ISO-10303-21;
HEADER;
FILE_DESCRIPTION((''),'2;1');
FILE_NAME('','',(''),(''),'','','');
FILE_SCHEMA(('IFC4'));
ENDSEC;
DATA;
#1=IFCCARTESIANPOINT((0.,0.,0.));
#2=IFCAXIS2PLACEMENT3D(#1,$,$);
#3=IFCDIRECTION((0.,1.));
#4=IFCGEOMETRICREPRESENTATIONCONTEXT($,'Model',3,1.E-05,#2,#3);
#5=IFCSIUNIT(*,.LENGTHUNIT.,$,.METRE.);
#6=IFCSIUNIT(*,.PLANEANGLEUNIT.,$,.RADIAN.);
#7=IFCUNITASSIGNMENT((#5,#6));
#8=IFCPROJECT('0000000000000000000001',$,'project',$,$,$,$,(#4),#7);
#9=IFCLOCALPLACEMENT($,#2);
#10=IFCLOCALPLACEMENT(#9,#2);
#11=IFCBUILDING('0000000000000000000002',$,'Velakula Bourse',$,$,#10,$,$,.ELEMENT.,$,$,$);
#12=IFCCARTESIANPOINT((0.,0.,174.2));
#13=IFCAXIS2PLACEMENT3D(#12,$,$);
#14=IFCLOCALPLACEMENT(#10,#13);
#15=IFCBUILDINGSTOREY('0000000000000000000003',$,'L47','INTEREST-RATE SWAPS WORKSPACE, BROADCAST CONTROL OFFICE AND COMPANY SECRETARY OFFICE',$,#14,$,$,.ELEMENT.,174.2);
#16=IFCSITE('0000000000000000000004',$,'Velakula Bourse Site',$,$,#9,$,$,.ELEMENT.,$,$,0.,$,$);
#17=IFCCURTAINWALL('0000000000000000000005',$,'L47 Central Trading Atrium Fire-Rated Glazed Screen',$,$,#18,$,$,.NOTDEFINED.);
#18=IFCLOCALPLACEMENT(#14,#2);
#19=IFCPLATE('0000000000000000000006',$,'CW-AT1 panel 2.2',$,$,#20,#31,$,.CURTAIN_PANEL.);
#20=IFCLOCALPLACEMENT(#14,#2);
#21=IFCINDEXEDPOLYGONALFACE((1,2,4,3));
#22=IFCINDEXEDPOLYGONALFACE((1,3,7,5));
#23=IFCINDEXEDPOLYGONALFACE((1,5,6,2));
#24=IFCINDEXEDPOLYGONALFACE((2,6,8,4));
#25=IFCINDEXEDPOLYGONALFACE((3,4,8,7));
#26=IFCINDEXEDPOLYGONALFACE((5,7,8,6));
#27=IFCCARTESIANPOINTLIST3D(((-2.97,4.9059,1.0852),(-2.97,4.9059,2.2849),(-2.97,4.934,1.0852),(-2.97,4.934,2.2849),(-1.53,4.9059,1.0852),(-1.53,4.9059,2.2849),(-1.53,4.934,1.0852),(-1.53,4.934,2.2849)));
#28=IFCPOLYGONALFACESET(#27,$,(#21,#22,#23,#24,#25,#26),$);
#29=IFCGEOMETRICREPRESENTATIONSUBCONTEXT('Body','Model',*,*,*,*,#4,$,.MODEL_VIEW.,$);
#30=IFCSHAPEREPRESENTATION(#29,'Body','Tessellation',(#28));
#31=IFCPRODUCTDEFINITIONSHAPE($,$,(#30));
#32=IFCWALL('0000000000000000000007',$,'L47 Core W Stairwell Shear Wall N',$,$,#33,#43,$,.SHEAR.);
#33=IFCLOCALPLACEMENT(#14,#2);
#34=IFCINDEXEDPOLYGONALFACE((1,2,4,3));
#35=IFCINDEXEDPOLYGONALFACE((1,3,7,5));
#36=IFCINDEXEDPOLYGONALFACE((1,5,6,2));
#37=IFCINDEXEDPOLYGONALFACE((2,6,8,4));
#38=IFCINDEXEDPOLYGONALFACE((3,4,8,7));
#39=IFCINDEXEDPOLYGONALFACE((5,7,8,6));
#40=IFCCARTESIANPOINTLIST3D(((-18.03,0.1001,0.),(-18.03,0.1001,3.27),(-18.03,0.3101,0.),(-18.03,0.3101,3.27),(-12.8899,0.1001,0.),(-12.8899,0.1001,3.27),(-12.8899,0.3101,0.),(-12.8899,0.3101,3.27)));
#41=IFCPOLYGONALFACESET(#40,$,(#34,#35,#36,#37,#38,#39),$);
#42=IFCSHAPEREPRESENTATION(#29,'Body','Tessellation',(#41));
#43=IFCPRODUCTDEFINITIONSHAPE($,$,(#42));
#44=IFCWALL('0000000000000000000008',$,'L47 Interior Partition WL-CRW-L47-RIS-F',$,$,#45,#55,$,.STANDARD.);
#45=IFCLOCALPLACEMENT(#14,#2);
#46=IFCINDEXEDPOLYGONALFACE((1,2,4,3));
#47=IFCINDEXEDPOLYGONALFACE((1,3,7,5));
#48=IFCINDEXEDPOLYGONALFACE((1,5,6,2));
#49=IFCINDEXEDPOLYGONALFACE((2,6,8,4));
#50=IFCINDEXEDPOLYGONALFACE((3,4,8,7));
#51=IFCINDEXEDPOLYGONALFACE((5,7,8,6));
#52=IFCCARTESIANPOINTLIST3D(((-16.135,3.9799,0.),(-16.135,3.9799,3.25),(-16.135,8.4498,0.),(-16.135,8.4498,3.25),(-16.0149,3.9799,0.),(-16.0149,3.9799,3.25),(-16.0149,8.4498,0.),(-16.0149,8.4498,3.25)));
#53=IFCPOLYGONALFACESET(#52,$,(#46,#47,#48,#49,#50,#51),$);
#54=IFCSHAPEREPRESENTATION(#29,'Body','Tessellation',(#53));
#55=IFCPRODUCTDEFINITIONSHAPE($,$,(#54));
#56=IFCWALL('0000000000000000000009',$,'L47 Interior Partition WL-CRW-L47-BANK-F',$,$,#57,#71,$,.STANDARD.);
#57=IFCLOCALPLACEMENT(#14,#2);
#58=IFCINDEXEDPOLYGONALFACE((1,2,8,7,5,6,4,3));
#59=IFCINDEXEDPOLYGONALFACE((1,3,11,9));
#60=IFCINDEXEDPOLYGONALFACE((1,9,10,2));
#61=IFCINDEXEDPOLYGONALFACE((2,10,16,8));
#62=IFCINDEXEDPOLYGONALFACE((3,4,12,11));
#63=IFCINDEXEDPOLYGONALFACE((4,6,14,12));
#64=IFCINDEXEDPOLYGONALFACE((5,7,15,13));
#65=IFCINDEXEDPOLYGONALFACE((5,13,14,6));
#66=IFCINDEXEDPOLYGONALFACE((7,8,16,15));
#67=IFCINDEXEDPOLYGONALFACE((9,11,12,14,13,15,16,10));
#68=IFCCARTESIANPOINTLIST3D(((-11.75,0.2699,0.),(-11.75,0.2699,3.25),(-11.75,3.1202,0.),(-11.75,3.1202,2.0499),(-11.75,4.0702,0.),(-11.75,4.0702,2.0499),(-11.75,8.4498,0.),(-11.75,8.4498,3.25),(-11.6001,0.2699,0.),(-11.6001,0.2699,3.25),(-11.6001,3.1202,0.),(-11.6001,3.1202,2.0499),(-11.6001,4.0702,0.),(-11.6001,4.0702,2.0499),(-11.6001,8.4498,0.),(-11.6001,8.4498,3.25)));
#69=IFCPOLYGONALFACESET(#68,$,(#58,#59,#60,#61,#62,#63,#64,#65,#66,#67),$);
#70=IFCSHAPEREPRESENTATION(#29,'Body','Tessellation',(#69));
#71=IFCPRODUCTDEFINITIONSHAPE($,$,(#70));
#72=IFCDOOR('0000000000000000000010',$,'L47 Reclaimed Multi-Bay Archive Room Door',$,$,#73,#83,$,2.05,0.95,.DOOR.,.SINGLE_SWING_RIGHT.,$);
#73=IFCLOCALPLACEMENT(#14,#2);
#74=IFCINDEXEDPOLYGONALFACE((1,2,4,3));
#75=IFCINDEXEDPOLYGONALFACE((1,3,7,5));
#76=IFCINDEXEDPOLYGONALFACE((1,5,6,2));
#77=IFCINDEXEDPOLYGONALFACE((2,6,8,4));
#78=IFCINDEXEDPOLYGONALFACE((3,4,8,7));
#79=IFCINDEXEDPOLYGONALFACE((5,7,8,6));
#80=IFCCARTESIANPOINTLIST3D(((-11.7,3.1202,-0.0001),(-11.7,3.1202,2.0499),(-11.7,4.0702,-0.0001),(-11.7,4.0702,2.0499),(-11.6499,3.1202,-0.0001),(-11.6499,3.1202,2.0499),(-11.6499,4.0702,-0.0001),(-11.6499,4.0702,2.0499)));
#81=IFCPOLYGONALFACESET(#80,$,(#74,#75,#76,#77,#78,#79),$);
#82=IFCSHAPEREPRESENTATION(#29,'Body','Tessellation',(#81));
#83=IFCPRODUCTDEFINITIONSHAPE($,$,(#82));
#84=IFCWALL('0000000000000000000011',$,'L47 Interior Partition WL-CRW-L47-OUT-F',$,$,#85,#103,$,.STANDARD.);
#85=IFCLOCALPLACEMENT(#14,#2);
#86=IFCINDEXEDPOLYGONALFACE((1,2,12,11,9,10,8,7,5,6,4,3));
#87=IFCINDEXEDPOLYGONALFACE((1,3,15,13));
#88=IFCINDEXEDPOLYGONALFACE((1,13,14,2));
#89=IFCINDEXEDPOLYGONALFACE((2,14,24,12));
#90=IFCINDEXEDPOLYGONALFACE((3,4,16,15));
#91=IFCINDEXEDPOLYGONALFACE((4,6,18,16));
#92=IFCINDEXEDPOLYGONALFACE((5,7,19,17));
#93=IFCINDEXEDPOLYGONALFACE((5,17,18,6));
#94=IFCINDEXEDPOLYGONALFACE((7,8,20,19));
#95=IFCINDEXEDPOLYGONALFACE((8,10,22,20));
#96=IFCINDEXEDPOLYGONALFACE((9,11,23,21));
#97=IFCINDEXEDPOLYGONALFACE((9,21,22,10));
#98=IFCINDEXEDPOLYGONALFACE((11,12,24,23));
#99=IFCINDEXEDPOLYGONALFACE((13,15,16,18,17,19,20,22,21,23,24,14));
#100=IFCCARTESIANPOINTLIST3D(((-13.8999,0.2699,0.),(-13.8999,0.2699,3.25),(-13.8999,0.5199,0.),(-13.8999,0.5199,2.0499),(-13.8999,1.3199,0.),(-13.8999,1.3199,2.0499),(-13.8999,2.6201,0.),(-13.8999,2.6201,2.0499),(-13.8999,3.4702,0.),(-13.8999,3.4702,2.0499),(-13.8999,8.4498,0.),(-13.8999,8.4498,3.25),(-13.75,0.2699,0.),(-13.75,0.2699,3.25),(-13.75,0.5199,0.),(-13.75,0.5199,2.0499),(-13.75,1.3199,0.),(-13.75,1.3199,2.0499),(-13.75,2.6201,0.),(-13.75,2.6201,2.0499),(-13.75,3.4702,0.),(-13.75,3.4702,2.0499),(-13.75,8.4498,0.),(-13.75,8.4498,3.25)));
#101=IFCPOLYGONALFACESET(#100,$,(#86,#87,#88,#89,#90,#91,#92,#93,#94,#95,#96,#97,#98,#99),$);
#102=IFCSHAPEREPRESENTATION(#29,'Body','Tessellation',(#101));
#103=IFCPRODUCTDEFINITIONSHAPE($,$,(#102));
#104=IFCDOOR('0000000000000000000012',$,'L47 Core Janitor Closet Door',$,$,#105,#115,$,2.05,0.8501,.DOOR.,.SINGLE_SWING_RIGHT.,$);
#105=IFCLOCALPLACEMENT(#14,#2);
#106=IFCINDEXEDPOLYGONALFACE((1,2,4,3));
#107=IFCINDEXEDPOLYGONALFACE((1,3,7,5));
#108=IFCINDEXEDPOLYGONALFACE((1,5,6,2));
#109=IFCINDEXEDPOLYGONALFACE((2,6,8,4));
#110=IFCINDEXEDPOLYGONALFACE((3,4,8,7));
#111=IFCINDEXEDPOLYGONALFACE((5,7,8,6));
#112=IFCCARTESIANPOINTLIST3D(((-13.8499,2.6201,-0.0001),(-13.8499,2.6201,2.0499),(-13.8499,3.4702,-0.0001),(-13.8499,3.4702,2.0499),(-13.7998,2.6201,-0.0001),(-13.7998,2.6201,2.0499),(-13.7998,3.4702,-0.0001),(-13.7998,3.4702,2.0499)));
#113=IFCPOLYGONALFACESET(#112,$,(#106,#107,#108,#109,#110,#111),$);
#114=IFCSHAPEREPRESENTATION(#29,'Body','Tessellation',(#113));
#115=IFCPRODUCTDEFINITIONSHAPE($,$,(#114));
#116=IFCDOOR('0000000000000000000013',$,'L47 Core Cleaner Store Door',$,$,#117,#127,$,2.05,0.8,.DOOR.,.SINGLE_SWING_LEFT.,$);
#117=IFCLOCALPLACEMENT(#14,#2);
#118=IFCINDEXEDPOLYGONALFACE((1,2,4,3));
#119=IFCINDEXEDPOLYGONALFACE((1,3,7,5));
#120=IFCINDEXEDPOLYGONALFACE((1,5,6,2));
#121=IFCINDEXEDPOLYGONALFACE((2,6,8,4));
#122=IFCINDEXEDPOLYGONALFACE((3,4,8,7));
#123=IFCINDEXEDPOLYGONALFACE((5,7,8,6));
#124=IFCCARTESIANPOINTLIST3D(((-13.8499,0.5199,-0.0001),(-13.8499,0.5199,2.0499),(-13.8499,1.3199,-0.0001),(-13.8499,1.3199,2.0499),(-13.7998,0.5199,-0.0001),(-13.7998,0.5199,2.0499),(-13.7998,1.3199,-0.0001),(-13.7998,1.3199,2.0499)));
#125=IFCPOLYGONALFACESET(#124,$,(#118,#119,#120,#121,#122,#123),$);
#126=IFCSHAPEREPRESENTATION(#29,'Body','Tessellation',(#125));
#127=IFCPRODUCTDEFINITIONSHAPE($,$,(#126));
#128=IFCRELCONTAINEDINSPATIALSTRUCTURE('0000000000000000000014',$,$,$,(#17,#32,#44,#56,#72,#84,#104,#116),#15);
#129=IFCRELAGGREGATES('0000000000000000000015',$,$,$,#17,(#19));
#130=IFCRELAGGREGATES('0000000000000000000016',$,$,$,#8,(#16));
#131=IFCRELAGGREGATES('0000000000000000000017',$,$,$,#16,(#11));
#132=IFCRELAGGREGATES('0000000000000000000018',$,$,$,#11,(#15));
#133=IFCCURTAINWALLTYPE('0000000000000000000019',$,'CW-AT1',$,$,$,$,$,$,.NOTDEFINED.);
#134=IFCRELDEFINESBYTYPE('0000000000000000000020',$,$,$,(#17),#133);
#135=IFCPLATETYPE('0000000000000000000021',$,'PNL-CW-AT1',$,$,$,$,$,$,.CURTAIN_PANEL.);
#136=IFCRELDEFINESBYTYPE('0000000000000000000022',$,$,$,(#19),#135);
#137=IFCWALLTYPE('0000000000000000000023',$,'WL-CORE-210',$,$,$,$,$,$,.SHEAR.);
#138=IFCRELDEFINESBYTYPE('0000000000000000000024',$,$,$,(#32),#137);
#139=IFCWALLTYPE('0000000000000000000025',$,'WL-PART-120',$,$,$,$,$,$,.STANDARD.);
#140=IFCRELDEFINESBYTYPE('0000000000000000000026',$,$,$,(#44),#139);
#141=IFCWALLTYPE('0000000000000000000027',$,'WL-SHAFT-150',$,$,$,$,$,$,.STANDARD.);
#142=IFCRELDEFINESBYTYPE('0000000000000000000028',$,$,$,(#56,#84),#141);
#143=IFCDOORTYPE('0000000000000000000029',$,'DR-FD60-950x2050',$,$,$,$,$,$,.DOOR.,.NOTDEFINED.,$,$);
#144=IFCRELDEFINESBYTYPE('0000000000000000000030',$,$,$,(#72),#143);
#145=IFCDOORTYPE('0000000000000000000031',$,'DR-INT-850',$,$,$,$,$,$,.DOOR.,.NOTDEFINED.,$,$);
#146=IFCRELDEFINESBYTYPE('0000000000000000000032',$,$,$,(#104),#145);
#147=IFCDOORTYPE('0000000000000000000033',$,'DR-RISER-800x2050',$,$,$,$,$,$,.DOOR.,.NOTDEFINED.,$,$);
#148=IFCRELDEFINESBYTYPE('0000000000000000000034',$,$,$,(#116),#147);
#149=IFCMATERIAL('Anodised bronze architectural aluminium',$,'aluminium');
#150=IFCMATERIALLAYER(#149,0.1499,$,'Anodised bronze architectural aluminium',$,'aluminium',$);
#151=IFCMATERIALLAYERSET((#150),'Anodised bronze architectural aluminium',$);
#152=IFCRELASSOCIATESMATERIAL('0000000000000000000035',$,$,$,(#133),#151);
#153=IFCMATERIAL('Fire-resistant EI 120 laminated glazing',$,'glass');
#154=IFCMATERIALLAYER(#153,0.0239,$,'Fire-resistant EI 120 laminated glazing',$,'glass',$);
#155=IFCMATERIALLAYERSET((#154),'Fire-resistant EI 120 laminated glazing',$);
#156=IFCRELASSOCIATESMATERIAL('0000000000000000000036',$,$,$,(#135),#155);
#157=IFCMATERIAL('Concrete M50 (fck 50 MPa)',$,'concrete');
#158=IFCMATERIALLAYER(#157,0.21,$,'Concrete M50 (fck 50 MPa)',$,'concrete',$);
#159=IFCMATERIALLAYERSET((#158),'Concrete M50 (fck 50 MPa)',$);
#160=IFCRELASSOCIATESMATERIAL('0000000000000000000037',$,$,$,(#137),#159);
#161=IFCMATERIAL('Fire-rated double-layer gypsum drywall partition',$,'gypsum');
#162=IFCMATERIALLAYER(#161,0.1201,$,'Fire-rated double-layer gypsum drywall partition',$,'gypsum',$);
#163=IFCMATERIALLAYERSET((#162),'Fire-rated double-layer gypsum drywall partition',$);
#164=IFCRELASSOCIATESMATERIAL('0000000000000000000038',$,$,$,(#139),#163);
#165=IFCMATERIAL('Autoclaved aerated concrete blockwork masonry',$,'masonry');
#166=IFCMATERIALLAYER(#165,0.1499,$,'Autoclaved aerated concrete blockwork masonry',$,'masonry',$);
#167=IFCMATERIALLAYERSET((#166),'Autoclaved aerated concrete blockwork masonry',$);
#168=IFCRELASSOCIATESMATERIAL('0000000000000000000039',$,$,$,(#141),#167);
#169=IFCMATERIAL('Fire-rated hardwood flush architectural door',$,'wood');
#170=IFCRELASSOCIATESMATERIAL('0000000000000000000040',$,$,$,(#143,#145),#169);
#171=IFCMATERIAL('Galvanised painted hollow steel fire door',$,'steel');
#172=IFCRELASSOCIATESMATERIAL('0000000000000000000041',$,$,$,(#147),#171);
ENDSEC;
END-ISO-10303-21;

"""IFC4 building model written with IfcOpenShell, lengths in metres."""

from ifc_helpers import new_model, si_unit, direction, frame, frame_2d, origin, origin_2d, place, context, subcontext, project, spatial, rectangle, extrude, material, layer, layer_set, type_object, element, fill, aggregate, save


model = new_model("IFC4")

# Units and contexts
model_context = context("Model", 3, precision=1e-05, world=origin(), true_north=direction((0.0, 1.0)))
body_context = subcontext(model_context, "Body", "Model", "MODEL_VIEW")
ifc_project = project(units=[si_unit("LENGTHUNIT", "METRE"), si_unit("PLANEANGLEUNIT", "RADIAN")], contexts=[model_context])

# Site, building, storey
site_placement = place(None, origin())
site = spatial("IfcSite", under=ifc_project, at=site_placement, Name="Velakula Bourse Site", CompositionType="ELEMENT", RefElevation=0.0)
building_placement = place(site_placement, origin())
building = spatial("IfcBuilding", under=site, at=building_placement, Name="Velakula Bourse", CompositionType="ELEMENT")
storey_placement = place(building_placement, frame((0.0, 0.0, 174.2)))
storey = spatial("IfcBuildingStorey", under=building, at=storey_placement, Name="L47", Description="INTEREST-RATE SWAPS WORKSPACE, BROADCAST CONTROL OFFICE AND COMPANY SECRETARY OFFICE", CompositionType="ELEMENT", Elevation=174.2)

# Curtain wall, plate
ifc_material_1 = material(Name="Anodised bronze architectural aluminium", Category="aluminium")
ifc_layer_1 = layer(ifc_material_1, 0.1499, Name="Anodised bronze architectural aluminium", Category="aluminium")
ifc_layer_set_1 = layer_set([ifc_layer_1], Name="Anodised bronze architectural aluminium")
curtain_wall_type = type_object("IfcCurtainWallType", Name="CW-AT1", PredefinedType="NOTDEFINED", material=ifc_layer_set_1)
curtain_wall_placement = place(storey_placement, origin())
curtain_wall = element("IfcCurtainWall", 1, at=curtain_wall_placement, inside=storey, type_object=curtain_wall_type, Name="L47 Central Trading Atrium Fire-Rated Glazed Screen", PredefinedType="NOTDEFINED")
ifc_material_2 = material(Name="Fire-resistant EI 120 laminated glazing", Category="glass")
ifc_layer_2 = layer(ifc_material_2, 0.0239, Name="Fire-resistant EI 120 laminated glazing", Category="glass")
ifc_layer_set_2 = layer_set([ifc_layer_2], Name="Fire-resistant EI 120 laminated glazing")
plate_type = type_object("IfcPlateType", Name="PNL-CW-AT1", PredefinedType="CURTAIN_PANEL", material=ifc_layer_set_2)
plate_1_placement = place(storey_placement, frame((-2.25, 4.9199, 1.0852), z_axis=(0.0, 0.0, 1.0), x_axis=(1.0, 0.0, 0.0)))
plate_1 = element("IfcPlate", 2, at=plate_1_placement, type_object=plate_type, Name="CW-AT1 panel 2.2", PredefinedType="CURTAIN_PANEL", context=body_context, shape_type="SweptSolid", body=[
    extrude(rectangle(XDim=1.4399, YDim=0.0281, at=origin_2d()), origin(), (0.0, 0.0, 1.0), 1.1997),
])
aggregate(curtain_wall, [plate_1])

# Walls
ifc_material_3 = material(Name="Concrete M50 (fck 50 MPa)", Category="concrete")
ifc_layer_3 = layer(ifc_material_3, 0.21, Name="Concrete M50 (fck 50 MPa)", Category="concrete")
ifc_layer_set_3 = layer_set([ifc_layer_3], Name="Concrete M50 (fck 50 MPa)")
wall_type_1 = type_object("IfcWallType", Name="WL-CORE-210", PredefinedType="SHEAR", material=ifc_layer_set_3)
wall_1_placement = place(storey_placement, frame((-12.8899, 0.2051, 0.0), z_axis=(0.0, 0.0, 1.0), x_axis=(-1.0, 0.0, 0.0)))
element("IfcWall", 3, at=wall_1_placement, inside=storey, type_object=wall_type_1, Name="L47 Core W Stairwell Shear Wall N", PredefinedType="SHEAR", context=body_context, shape_type="SweptSolid", body=[
    extrude(rectangle(XDim=5.1401, YDim=0.21, at=frame_2d((2.5701, 0.0))), origin(), (0.0, 0.0, 1.0), 3.27),
])
ifc_material_4 = material(Name="Fire-rated double-layer gypsum drywall partition", Category="gypsum")
ifc_layer_4 = layer(ifc_material_4, 0.1201, Name="Fire-rated double-layer gypsum drywall partition", Category="gypsum")
ifc_layer_set_4 = layer_set([ifc_layer_4], Name="Fire-rated double-layer gypsum drywall partition")
wall_type_2 = type_object("IfcWallType", Name="WL-PART-120", PredefinedType="STANDARD", material=ifc_layer_set_4)
wall_2_placement = place(storey_placement, frame((-16.075, 3.98, 0.0), z_axis=(0.0, 0.0, 1.0), x_axis=(0.0, 1.0, 0.0)))
element("IfcWall", 4, at=wall_2_placement, inside=storey, type_object=wall_type_2, Name="L47 Interior Partition WL-CRW-L47-RIS-F", PredefinedType="STANDARD", context=body_context, shape_type="SweptSolid", body=[
    extrude(rectangle(XDim=4.47, YDim=0.1201, at=frame_2d((2.2349, 0.0))), origin(), (0.0, 0.0, 1.0), 3.25),
])

# Wall, opening, door
ifc_material_5 = material(Name="Autoclaved aerated concrete blockwork masonry", Category="masonry")
ifc_layer_5 = layer(ifc_material_5, 0.1499, Name="Autoclaved aerated concrete blockwork masonry", Category="masonry")
ifc_layer_set_5 = layer_set([ifc_layer_5], Name="Autoclaved aerated concrete blockwork masonry")
wall_type_3 = type_object("IfcWallType", Name="WL-SHAFT-150", PredefinedType="STANDARD", material=ifc_layer_set_5)
wall_3_placement = place(storey_placement, frame((-11.675, 0.27, 0.0), z_axis=(0.0, 0.0, 1.0), x_axis=(0.0, 1.0, 0.0)))
wall_3 = element("IfcWall", 5, at=wall_3_placement, inside=storey, type_object=wall_type_3, Name="L47 Interior Partition WL-CRW-L47-BANK-F", PredefinedType="STANDARD", context=body_context, shape_type="SweptSolid", body=[
    extrude(rectangle(XDim=8.1799, YDim=0.1499, at=frame_2d((4.0898, 0.0))), origin(), (0.0, 0.0, 1.0), 3.25),
])
opening_1_placement = place(wall_3_placement, frame((2.8501, 0.0, 0.0)))
opening_1 = element("IfcOpeningElement", 6, at=opening_1_placement, cuts=wall_3, PredefinedType="OPENING", context=body_context, shape_type="SweptSolid", body=[
    extrude(rectangle(XDim=0.95, YDim=2.05, at=frame_2d((0.4751, 1.0249))), frame((0.0, 0.085, 0.0), z_axis=(0.0, -1.0, 0.0), x_axis=(1.0, 0.0, 0.0)), (0.0, 0.0, 1.0), 0.1699),
])
ifc_material_6 = material(Name="Fire-rated hardwood flush architectural door", Category="wood")
door_type_1 = type_object("IfcDoorType", Name="DR-FD60-950x2050", OperationType="NOTDEFINED", PredefinedType="DOOR", material=ifc_material_6)
door_1_placement = place(opening_1_placement, origin())
door_1 = element("IfcDoor", 7, at=door_1_placement, inside=storey, type_object=door_type_1, Name="L47 Reclaimed Multi-Bay Archive Room Door", OperationType="SINGLE_SWING_RIGHT", OverallHeight=2.05, OverallWidth=0.95, PredefinedType="DOOR", context=body_context, shape_type="SweptSolid", body=[
    extrude(rectangle(XDim=0.95, YDim=2.05, at=frame_2d((0.4751, 1.0249))), frame((0.0, 0.0249, 0.0), z_axis=(0.0, -1.0, 0.0), x_axis=(1.0, 0.0, 0.0)), (0.0, 0.0, 1.0), 0.05),
])
fill(opening_1, door_1)

# Wall, openings, doors
wall_4_placement = place(storey_placement, frame((-13.825, 0.27, 0.0), z_axis=(0.0, 0.0, 1.0), x_axis=(0.0, 1.0, 0.0)))
wall_4 = element("IfcWall", 8, at=wall_4_placement, inside=storey, type_object=wall_type_3, Name="L47 Interior Partition WL-CRW-L47-OUT-F", PredefinedType="STANDARD", context=body_context, shape_type="SweptSolid", body=[
    extrude(rectangle(XDim=8.1799, YDim=0.1499, at=frame_2d((4.0898, 0.0))), origin(), (0.0, 0.0, 1.0), 3.25),
])
opening_2_placement = place(wall_4_placement, frame((0.25, 0.0, 0.0)))
opening_2 = element("IfcOpeningElement", 9, at=opening_2_placement, cuts=wall_4, PredefinedType="OPENING", context=body_context, shape_type="SweptSolid", body=[
    extrude(rectangle(XDim=0.8, YDim=2.05, at=frame_2d((0.3999, 1.0249))), frame((0.0, 0.085, 0.0), z_axis=(0.0, -1.0, 0.0), x_axis=(1.0, 0.0, 0.0)), (0.0, 0.0, 1.0), 0.1699),
])
opening_3_placement = place(wall_4_placement, frame((2.3501, 0.0, 0.0)))
opening_3 = element("IfcOpeningElement", 10, at=opening_3_placement, cuts=wall_4, PredefinedType="OPENING", context=body_context, shape_type="SweptSolid", body=[
    extrude(rectangle(XDim=0.8501, YDim=2.05, at=frame_2d((0.425, 1.0249))), frame((0.0, 0.085, 0.0), z_axis=(0.0, -1.0, 0.0), x_axis=(1.0, 0.0, 0.0)), (0.0, 0.0, 1.0), 0.1699),
])
door_type_2 = type_object("IfcDoorType", Name="DR-INT-850", OperationType="NOTDEFINED", PredefinedType="DOOR", material=ifc_material_6)
door_2_placement = place(opening_3_placement, origin())
door_2 = element("IfcDoor", 11, at=door_2_placement, inside=storey, type_object=door_type_2, Name="L47 Core Janitor Closet Door", OperationType="SINGLE_SWING_RIGHT", OverallHeight=2.05, OverallWidth=0.8501, PredefinedType="DOOR", context=body_context, shape_type="SweptSolid", body=[
    extrude(rectangle(XDim=0.8501, YDim=2.05, at=frame_2d((0.425, 1.0249))), frame((0.0, 0.0249, 0.0), z_axis=(0.0, -1.0, 0.0), x_axis=(1.0, 0.0, 0.0)), (0.0, 0.0, 1.0), 0.05),
])
fill(opening_3, door_2)
ifc_material_7 = material(Name="Galvanised painted hollow steel fire door", Category="steel")
door_type_3 = type_object("IfcDoorType", Name="DR-RISER-800x2050", OperationType="NOTDEFINED", PredefinedType="DOOR", material=ifc_material_7)
door_3_placement = place(opening_2_placement, origin())
door_3 = element("IfcDoor", 12, at=door_3_placement, inside=storey, type_object=door_type_3, Name="L47 Core Cleaner Store Door", OperationType="SINGLE_SWING_LEFT", OverallHeight=2.05, OverallWidth=0.8, PredefinedType="DOOR", context=body_context, shape_type="SweptSolid", body=[
    extrude(rectangle(XDim=0.8, YDim=2.05, at=frame_2d((0.3999, 1.0249))), frame((0.0, 0.0249, 0.0), z_axis=(0.0, -1.0, 0.0), x_axis=(1.0, 0.0, 0.0)), (0.0, 0.0, 1.0), 0.05),
])
fill(opening_2, door_3)

save(model, "model.ifc")
